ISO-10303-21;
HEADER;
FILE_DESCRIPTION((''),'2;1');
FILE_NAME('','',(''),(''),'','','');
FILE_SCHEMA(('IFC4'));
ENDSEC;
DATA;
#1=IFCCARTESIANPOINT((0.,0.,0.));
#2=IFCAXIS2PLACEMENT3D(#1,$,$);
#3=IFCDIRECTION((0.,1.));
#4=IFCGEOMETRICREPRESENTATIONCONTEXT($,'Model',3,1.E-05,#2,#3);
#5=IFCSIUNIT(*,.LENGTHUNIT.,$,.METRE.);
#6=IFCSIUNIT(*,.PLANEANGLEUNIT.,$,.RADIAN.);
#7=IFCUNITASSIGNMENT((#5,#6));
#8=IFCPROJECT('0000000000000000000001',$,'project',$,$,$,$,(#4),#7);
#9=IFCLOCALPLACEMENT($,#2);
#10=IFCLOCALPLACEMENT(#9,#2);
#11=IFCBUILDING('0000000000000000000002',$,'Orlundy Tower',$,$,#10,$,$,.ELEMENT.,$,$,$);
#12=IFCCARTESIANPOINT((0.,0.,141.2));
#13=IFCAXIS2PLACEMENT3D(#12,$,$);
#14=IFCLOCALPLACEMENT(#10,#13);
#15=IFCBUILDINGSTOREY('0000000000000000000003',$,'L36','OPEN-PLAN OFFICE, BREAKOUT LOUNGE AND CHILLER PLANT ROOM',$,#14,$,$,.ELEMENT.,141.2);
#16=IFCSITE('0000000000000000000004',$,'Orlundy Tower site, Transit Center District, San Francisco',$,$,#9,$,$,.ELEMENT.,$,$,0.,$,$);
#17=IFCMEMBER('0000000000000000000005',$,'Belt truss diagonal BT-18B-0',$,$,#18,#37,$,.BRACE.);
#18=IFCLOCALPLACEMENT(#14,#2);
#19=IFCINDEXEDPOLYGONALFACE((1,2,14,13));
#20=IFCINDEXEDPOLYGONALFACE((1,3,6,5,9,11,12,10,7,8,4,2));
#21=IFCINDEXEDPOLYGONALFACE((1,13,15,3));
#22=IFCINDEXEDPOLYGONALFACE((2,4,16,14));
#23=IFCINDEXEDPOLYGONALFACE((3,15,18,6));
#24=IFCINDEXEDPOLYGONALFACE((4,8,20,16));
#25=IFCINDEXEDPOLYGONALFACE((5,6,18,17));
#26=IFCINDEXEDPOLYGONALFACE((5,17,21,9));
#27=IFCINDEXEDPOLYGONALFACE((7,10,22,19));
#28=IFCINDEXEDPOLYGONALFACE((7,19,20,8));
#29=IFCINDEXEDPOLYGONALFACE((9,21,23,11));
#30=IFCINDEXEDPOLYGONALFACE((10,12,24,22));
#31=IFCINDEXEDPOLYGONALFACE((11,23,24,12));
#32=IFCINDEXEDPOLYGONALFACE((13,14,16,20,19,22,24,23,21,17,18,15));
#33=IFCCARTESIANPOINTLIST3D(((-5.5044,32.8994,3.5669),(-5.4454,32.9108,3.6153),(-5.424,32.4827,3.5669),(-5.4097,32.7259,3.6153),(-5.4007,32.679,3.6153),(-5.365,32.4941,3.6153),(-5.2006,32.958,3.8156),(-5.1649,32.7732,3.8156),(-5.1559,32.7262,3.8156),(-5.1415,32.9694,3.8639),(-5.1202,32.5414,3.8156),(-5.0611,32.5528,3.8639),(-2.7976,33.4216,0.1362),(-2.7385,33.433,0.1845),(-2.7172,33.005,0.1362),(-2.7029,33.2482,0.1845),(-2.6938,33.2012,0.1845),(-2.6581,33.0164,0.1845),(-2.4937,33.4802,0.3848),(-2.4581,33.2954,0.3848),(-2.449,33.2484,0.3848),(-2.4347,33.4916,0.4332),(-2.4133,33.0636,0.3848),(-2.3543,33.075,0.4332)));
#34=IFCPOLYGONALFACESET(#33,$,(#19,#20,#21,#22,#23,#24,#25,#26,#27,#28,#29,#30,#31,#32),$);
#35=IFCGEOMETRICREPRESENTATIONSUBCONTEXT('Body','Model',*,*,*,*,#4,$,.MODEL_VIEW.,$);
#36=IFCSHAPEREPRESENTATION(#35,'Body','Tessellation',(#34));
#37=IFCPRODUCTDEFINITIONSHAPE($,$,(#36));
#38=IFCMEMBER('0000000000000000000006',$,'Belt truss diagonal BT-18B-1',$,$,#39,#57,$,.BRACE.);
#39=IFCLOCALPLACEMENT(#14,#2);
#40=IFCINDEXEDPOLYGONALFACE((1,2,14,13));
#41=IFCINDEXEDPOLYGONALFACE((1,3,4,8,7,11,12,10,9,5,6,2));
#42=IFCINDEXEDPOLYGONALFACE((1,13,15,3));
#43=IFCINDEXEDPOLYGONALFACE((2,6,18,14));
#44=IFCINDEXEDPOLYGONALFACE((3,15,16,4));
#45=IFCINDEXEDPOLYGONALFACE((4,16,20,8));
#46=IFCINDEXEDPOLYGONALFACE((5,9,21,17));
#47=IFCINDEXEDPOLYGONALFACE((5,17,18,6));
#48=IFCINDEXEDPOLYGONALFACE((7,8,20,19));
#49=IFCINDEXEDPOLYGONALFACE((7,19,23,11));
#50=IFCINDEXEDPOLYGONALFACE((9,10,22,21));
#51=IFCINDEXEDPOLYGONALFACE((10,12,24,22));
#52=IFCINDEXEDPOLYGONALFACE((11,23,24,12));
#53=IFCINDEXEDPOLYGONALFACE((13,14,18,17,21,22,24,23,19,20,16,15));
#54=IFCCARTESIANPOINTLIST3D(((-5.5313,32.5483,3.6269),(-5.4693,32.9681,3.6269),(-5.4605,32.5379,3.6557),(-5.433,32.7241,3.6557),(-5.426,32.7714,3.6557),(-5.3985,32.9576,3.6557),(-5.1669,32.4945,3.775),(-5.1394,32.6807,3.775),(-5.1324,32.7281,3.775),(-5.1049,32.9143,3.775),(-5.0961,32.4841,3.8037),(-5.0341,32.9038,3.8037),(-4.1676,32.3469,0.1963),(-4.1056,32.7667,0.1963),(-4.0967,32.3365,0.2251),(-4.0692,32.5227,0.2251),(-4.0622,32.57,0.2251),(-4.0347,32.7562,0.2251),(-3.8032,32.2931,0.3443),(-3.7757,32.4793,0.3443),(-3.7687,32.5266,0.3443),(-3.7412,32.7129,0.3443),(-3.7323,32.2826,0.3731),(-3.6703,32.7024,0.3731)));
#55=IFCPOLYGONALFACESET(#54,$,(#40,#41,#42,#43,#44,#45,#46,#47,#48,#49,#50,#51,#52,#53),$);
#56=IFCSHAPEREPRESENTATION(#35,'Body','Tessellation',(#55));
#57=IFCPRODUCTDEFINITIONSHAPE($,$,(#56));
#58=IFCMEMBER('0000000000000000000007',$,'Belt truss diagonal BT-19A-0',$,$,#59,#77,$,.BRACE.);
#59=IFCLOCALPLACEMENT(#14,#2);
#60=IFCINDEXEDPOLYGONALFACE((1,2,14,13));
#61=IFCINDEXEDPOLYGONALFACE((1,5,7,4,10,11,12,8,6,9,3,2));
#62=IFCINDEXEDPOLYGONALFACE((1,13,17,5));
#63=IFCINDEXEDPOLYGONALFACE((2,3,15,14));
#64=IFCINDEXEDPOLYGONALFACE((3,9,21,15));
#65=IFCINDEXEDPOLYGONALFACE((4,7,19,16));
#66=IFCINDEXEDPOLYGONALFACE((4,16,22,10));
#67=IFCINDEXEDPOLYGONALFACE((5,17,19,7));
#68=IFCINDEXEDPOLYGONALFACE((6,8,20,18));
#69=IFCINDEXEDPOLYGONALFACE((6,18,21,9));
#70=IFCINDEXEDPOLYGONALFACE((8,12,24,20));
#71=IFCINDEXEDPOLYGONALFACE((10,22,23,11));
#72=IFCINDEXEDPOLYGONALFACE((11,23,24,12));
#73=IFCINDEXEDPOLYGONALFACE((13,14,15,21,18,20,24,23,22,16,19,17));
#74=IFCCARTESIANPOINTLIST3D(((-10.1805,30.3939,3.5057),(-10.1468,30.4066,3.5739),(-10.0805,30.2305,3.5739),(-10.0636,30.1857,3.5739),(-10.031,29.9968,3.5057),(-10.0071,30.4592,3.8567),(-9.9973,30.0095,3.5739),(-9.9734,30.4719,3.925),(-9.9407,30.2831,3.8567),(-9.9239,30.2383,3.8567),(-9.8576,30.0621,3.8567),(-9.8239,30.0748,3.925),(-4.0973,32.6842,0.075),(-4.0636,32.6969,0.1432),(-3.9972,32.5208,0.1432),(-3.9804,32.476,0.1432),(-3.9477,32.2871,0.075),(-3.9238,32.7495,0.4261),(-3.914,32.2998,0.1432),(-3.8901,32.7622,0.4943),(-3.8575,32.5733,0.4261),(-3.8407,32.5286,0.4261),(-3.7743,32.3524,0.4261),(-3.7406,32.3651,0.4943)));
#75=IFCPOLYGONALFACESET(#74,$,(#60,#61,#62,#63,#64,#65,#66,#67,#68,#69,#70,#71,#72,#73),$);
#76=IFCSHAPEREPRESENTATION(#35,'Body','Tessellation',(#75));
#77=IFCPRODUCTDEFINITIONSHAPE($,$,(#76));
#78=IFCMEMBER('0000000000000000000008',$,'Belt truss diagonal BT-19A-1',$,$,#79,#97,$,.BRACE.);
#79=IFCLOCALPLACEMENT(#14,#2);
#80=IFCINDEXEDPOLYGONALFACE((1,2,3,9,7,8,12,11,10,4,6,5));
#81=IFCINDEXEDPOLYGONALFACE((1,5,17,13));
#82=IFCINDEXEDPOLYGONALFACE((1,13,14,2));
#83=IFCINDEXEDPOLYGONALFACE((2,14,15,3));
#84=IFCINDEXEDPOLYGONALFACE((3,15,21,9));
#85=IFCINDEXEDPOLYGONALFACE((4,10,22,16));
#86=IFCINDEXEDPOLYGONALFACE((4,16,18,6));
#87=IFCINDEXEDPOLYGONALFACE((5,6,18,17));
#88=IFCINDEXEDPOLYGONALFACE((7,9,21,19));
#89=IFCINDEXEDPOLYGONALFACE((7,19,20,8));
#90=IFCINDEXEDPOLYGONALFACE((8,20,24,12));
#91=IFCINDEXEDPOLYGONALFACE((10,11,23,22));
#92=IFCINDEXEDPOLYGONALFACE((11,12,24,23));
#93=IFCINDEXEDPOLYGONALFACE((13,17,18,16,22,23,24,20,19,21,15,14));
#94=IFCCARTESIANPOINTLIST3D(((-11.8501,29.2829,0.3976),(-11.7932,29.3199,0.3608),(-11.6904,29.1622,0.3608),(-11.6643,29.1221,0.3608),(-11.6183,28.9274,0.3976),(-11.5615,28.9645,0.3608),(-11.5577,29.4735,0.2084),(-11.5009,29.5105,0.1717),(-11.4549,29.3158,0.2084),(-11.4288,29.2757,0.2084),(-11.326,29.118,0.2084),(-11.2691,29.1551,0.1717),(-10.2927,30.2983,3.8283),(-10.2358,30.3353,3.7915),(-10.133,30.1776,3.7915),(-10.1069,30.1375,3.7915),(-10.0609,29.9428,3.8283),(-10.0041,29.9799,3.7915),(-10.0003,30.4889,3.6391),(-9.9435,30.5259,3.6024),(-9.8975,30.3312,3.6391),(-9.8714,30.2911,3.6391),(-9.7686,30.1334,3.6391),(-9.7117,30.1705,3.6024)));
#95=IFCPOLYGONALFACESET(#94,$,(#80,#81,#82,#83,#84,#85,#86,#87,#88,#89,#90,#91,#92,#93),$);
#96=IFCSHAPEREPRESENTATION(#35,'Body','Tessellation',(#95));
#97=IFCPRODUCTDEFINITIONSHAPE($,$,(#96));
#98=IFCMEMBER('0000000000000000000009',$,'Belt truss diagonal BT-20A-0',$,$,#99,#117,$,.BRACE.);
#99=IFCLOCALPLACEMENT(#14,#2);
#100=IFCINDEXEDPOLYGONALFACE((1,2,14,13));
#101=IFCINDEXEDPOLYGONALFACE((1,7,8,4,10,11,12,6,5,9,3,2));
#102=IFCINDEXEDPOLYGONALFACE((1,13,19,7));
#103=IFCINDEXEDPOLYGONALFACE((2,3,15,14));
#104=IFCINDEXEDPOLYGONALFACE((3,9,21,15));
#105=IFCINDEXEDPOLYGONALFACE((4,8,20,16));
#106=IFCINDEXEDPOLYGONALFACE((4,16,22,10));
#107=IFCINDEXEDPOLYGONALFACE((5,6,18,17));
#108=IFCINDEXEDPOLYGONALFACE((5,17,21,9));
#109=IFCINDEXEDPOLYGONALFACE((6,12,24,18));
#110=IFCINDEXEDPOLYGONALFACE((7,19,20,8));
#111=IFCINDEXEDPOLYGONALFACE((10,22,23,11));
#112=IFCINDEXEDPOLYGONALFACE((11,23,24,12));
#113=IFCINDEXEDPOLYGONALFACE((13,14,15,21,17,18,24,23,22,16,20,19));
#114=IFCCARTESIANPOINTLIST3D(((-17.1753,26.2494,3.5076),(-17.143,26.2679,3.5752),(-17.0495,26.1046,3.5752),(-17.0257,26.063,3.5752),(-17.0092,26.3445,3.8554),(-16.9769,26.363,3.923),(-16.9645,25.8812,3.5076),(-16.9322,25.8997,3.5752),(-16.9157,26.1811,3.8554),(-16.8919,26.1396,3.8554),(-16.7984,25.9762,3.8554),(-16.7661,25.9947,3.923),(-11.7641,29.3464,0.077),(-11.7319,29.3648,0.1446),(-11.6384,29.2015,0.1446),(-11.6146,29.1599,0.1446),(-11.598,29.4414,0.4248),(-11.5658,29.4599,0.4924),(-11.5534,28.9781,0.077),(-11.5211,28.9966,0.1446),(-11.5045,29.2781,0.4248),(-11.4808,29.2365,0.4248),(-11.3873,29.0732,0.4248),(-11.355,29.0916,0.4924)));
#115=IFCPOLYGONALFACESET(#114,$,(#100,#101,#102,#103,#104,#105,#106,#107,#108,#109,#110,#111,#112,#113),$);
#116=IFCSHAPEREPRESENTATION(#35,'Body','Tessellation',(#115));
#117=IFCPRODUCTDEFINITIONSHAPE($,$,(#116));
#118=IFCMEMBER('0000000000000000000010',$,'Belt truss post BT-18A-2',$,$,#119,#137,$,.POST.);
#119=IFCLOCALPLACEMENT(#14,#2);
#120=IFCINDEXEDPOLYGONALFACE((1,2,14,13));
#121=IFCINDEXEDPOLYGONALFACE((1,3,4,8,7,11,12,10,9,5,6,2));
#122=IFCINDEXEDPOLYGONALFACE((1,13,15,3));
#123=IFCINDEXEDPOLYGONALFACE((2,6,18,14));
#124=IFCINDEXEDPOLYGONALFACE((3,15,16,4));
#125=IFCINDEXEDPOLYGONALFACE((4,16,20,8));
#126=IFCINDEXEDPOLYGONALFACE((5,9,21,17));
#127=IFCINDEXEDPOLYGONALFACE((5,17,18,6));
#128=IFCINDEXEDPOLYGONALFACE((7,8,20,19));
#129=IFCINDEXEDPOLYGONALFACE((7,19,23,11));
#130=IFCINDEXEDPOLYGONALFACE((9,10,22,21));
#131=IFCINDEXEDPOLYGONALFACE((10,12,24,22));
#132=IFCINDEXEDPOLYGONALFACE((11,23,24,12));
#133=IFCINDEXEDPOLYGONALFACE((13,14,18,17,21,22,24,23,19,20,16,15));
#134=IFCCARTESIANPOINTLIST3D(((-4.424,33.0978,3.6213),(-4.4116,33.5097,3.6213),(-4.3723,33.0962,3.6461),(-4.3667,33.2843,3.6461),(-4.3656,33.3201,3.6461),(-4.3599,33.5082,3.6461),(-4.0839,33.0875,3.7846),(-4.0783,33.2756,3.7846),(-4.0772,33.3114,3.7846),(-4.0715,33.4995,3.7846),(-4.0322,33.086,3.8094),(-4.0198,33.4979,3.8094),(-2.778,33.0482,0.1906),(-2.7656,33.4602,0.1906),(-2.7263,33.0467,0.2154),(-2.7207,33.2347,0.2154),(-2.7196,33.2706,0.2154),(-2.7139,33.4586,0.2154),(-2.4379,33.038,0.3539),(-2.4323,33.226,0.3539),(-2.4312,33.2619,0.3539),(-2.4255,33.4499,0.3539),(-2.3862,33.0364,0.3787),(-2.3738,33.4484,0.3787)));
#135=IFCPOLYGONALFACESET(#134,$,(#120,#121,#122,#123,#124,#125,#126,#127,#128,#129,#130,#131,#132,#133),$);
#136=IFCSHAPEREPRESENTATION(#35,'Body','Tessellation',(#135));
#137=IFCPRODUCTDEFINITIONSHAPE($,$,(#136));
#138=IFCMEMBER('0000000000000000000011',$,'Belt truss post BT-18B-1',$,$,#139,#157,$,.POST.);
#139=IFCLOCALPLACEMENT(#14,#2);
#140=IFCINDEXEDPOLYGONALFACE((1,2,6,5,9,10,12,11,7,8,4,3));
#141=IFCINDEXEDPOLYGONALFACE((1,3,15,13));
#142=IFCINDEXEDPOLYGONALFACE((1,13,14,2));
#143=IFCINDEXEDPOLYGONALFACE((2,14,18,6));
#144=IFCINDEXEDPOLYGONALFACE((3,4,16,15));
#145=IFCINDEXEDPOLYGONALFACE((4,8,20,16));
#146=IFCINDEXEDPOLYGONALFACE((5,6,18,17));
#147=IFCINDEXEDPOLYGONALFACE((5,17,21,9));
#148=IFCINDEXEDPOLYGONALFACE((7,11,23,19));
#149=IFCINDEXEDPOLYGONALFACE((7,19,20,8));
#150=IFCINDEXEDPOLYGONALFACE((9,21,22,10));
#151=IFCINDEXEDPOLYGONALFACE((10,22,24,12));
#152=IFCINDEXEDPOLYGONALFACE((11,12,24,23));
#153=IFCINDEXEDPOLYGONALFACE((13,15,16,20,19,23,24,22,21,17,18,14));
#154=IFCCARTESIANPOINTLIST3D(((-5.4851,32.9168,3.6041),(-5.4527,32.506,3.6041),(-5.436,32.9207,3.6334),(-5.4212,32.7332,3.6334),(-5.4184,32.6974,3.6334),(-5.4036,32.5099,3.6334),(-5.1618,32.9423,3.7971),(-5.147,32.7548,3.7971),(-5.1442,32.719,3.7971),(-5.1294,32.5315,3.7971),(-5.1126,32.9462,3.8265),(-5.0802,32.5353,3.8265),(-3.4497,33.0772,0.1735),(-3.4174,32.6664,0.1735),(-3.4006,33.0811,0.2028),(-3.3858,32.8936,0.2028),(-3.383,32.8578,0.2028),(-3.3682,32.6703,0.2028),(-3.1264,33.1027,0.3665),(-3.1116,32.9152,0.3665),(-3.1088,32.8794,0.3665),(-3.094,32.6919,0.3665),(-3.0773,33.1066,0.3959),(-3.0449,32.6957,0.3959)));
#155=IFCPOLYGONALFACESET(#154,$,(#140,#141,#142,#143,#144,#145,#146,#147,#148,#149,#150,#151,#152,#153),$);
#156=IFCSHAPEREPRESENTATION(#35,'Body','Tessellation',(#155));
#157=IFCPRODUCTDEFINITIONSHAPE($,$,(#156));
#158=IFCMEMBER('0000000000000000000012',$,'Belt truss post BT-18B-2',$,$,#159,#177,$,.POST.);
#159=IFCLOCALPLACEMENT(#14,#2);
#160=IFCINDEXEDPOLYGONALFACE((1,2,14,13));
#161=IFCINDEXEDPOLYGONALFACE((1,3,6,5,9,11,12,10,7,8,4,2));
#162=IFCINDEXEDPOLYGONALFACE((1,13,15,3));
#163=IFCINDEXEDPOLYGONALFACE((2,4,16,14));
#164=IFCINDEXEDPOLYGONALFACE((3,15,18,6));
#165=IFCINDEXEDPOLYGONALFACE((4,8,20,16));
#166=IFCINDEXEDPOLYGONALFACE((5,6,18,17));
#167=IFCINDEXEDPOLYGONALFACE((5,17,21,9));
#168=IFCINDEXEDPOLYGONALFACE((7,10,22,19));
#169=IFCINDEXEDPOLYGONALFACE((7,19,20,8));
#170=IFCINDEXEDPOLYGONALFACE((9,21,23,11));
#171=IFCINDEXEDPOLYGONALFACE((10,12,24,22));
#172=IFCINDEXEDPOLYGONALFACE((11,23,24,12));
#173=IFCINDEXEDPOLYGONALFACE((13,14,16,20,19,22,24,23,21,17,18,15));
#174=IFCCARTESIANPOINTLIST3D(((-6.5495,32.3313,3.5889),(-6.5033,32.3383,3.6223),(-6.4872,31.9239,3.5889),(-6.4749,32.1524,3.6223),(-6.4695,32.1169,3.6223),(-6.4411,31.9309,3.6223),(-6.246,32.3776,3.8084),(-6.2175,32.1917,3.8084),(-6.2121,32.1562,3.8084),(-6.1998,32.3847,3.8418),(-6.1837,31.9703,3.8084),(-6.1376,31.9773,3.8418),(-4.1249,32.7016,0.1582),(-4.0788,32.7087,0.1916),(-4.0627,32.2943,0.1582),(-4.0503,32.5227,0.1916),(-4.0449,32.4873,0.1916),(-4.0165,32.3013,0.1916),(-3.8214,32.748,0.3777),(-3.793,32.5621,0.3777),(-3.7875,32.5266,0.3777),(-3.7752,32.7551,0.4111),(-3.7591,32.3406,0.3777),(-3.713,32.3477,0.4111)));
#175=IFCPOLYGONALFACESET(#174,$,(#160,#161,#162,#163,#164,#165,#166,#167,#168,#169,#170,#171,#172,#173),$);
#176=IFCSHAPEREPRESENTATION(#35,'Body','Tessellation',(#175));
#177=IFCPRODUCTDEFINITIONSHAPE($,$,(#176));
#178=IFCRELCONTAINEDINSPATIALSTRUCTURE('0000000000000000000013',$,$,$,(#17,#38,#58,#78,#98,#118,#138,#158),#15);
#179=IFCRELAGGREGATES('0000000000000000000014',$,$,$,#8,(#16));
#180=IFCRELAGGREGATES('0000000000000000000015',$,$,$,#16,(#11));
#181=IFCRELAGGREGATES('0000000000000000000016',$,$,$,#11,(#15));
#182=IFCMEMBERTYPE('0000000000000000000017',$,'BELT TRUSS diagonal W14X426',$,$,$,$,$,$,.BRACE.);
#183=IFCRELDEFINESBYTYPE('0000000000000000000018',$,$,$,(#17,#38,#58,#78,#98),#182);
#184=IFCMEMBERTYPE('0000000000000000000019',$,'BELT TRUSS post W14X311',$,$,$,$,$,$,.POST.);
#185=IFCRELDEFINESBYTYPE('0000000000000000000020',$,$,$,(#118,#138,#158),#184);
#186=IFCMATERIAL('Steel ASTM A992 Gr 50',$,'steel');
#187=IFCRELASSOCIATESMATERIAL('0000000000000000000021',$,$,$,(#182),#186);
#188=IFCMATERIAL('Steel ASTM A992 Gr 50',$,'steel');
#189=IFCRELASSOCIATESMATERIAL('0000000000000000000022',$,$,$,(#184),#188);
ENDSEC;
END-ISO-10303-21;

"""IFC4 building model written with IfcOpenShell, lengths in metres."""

from ifc_helpers import new_model, si_unit, direction, frame, origin, origin_2d, place, context, subcontext, project, spatial, i_section, extrude, material, material_profile, profile_set, type_object, element, save


model = new_model("IFC4")

# Units and contexts
model_context = context("Model", 3, precision=1e-05, world=origin(), true_north=direction((0.0, 1.0)))
body_context = subcontext(model_context, "Body", "Model", "MODEL_VIEW")
ifc_project = project(units=[si_unit("LENGTHUNIT", "METRE"), si_unit("PLANEANGLEUNIT", "RADIAN")], contexts=[model_context])

# Site, building, storey
site_placement = place(None, origin())
site = spatial("IfcSite", under=ifc_project, at=site_placement, Name="Orlundy Tower site, Transit Center District, San Francisco", CompositionType="ELEMENT", RefElevation=0.0)
building_placement = place(site_placement, origin())
building = spatial("IfcBuilding", under=site, at=building_placement, Name="Orlundy Tower", CompositionType="ELEMENT")
storey_placement = place(building_placement, frame((0.0, 0.0, 141.2)))
storey = spatial("IfcBuildingStorey", under=building, at=storey_placement, Name="L36", Description="OPEN-PLAN OFFICE, BREAKOUT LOUNGE AND CHILLER PLANT ROOM", CompositionType="ELEMENT", Elevation=141.2)

# Members
ifc_material_1 = material(Name="Steel ASTM A992 Gr 50", Category="steel")
ifc_material_profile_1 = material_profile(ifc_material_1, i_section(OverallWidth=0.4243, OverallDepth=0.4741, WebThickness=0.0479, FlangeThickness=0.0771, at=origin_2d()), Name="W14X426")
ifc_profile_set_1 = profile_set([ifc_material_profile_1], Name="Steel ASTM A992 Gr 50")
member_type_1 = type_object("IfcMemberType", Name="BELT TRUSS diagonal W14X426", PredefinedType="BRACE", material=ifc_profile_set_1)
member_1_placement = place(storey_placement, frame((-2.5759, 33.2483, 0.2847), z_axis=(-0.615038, -0.118658, 0.779518), x_axis=(0.189435, -0.981893, 0.0)))
element("IfcMember", 1, at=member_1_placement, inside=storey, type_object=member_type_1, Name="Belt truss diagonal BT-18B-0", PredefinedType="BRACE", context=body_context, shape_type="SweptSolid", body=[
    extrude(i_section(OverallWidth=0.4243, OverallDepth=0.4741, WebThickness=0.0479, FlangeThickness=0.0771, at=origin_2d()), origin(), (0.0, 0.0, 1.0), 4.4011),
])
member_2_placement = place(storey_placement, frame((-5.2827, 32.7261, 3.7153), z_axis=(0.368857, -0.054477, -0.927888), x_axis=(0.146106, 0.989269, 0.0)))
element("IfcMember", 2, at=member_2_placement, inside=storey, type_object=member_type_1, Name="Belt truss diagonal BT-18B-1", PredefinedType="BRACE", context=body_context, shape_type="SweptSolid", body=[
    extrude(i_section(OverallWidth=0.4243, OverallDepth=0.4741, WebThickness=0.0479, FlangeThickness=0.0771, at=origin_2d()), origin(), (0.0, 0.0, 1.0), 3.6973),
])
member_3_placement = place(storey_placement, frame((-3.9189, 32.5247, 0.2847), z_axis=(-0.827666, -0.311608, 0.466764), x_axis=(0.352346, -0.93587, 0.0)))
element("IfcMember", 3, at=member_3_placement, inside=storey, type_object=member_type_1, Name="Belt truss diagonal BT-19A-0", PredefinedType="BRACE", context=body_context, shape_type="SweptSolid", body=[
    extrude(i_section(OverallWidth=0.4243, OverallDepth=0.4741, WebThickness=0.0479, FlangeThickness=0.0771, at=origin_2d()), origin(), (0.0, 0.0, 1.0), 7.3499),
])
member_4_placement = place(storey_placement, frame((-10.0022, 30.2344, 3.7153), z_axis=(-0.399118, -0.260218, -0.879199), x_axis=(0.546156, -0.837684, 0.0)))
element("IfcMember", 4, at=member_4_placement, inside=storey, type_object=member_type_1, Name="Belt truss diagonal BT-19A-1", PredefinedType="BRACE", context=body_context, shape_type="SweptSolid", body=[
    extrude(i_section(OverallWidth=0.4243, OverallDepth=0.4741, WebThickness=0.0479, FlangeThickness=0.0771, at=origin_2d()), origin(), (0.0, 0.0, 1.0), 3.9021),
])
member_5_placement = place(storey_placement, frame((-11.5596, 29.219, 0.2847), z_axis=(-0.760393, -0.435192, 0.48209), x_axis=(0.496725, -0.867908, 0.0)))
element("IfcMember", 5, at=member_5_placement, inside=storey, type_object=member_type_1, Name="Belt truss diagonal BT-20A-0", PredefinedType="BRACE", context=body_context, shape_type="SweptSolid", body=[
    extrude(i_section(OverallWidth=0.4243, OverallDepth=0.4741, WebThickness=0.0479, FlangeThickness=0.0771, at=origin_2d()), origin(), (0.0, 0.0, 1.0), 7.1162),
])
ifc_material_2 = material(Name="Steel ASTM A992 Gr 50", Category="steel")
ifc_material_profile_2 = material_profile(ifc_material_2, i_section(OverallWidth=0.4121, OverallDepth=0.4348, WebThickness=0.0359, FlangeThickness=0.0574, at=origin_2d()), Name="W14X311")
ifc_profile_set_2 = profile_set([ifc_material_profile_2], Name="Steel ASTM A992 Gr 50")
member_type_2 = type_object("IfcMemberType", Name="BELT TRUSS post W14X311", PredefinedType="POST", material=ifc_profile_set_2)
member_6_placement = place(storey_placement, frame((-2.5759, 33.2483, 0.2847), z_axis=(-0.43254, 0.013024, 0.901521), x_axis=(-0.030096, -0.999547, 0.0)))
element("IfcMember", 6, at=member_6_placement, inside=storey, type_object=member_type_2, Name="Belt truss post BT-18A-2", PredefinedType="POST", context=body_context, shape_type="SweptSolid", body=[
    extrude(i_section(OverallWidth=0.4121, OverallDepth=0.4348, WebThickness=0.0359, FlangeThickness=0.0574, at=origin_2d()), origin(), (0.0, 0.0, 1.0), 3.8054),
])
member_7_placement = place(storey_placement, frame((-3.2473, 32.8865, 0.2847), z_axis=(-0.509838, -0.040178, 0.859332), x_axis=(0.078562, -0.996909, 0.0)))
element("IfcMember", 7, at=member_7_placement, inside=storey, type_object=member_type_2, Name="Belt truss post BT-18B-1", PredefinedType="POST", context=body_context, shape_type="SweptSolid", body=[
    extrude(i_section(OverallWidth=0.4121, OverallDepth=0.4348, WebThickness=0.0359, FlangeThickness=0.0574, at=origin_2d()), origin(), (0.0, 0.0, 1.0), 3.9922),
])
member_8_placement = place(storey_placement, frame((-3.9189, 32.5247, 0.2847), z_axis=(-0.574916, -0.087821, 0.813486), x_axis=(0.151002, -0.988533, 0.0)))
element("IfcMember", 8, at=member_8_placement, inside=storey, type_object=member_type_2, Name="Belt truss post BT-18B-2", PredefinedType="POST", context=body_context, shape_type="SweptSolid", body=[
    extrude(i_section(OverallWidth=0.4121, OverallDepth=0.4348, WebThickness=0.0359, FlangeThickness=0.0574, at=origin_2d()), origin(), (0.0, 0.0, 1.0), 4.2173),
])

save(model, "model.ifc")
